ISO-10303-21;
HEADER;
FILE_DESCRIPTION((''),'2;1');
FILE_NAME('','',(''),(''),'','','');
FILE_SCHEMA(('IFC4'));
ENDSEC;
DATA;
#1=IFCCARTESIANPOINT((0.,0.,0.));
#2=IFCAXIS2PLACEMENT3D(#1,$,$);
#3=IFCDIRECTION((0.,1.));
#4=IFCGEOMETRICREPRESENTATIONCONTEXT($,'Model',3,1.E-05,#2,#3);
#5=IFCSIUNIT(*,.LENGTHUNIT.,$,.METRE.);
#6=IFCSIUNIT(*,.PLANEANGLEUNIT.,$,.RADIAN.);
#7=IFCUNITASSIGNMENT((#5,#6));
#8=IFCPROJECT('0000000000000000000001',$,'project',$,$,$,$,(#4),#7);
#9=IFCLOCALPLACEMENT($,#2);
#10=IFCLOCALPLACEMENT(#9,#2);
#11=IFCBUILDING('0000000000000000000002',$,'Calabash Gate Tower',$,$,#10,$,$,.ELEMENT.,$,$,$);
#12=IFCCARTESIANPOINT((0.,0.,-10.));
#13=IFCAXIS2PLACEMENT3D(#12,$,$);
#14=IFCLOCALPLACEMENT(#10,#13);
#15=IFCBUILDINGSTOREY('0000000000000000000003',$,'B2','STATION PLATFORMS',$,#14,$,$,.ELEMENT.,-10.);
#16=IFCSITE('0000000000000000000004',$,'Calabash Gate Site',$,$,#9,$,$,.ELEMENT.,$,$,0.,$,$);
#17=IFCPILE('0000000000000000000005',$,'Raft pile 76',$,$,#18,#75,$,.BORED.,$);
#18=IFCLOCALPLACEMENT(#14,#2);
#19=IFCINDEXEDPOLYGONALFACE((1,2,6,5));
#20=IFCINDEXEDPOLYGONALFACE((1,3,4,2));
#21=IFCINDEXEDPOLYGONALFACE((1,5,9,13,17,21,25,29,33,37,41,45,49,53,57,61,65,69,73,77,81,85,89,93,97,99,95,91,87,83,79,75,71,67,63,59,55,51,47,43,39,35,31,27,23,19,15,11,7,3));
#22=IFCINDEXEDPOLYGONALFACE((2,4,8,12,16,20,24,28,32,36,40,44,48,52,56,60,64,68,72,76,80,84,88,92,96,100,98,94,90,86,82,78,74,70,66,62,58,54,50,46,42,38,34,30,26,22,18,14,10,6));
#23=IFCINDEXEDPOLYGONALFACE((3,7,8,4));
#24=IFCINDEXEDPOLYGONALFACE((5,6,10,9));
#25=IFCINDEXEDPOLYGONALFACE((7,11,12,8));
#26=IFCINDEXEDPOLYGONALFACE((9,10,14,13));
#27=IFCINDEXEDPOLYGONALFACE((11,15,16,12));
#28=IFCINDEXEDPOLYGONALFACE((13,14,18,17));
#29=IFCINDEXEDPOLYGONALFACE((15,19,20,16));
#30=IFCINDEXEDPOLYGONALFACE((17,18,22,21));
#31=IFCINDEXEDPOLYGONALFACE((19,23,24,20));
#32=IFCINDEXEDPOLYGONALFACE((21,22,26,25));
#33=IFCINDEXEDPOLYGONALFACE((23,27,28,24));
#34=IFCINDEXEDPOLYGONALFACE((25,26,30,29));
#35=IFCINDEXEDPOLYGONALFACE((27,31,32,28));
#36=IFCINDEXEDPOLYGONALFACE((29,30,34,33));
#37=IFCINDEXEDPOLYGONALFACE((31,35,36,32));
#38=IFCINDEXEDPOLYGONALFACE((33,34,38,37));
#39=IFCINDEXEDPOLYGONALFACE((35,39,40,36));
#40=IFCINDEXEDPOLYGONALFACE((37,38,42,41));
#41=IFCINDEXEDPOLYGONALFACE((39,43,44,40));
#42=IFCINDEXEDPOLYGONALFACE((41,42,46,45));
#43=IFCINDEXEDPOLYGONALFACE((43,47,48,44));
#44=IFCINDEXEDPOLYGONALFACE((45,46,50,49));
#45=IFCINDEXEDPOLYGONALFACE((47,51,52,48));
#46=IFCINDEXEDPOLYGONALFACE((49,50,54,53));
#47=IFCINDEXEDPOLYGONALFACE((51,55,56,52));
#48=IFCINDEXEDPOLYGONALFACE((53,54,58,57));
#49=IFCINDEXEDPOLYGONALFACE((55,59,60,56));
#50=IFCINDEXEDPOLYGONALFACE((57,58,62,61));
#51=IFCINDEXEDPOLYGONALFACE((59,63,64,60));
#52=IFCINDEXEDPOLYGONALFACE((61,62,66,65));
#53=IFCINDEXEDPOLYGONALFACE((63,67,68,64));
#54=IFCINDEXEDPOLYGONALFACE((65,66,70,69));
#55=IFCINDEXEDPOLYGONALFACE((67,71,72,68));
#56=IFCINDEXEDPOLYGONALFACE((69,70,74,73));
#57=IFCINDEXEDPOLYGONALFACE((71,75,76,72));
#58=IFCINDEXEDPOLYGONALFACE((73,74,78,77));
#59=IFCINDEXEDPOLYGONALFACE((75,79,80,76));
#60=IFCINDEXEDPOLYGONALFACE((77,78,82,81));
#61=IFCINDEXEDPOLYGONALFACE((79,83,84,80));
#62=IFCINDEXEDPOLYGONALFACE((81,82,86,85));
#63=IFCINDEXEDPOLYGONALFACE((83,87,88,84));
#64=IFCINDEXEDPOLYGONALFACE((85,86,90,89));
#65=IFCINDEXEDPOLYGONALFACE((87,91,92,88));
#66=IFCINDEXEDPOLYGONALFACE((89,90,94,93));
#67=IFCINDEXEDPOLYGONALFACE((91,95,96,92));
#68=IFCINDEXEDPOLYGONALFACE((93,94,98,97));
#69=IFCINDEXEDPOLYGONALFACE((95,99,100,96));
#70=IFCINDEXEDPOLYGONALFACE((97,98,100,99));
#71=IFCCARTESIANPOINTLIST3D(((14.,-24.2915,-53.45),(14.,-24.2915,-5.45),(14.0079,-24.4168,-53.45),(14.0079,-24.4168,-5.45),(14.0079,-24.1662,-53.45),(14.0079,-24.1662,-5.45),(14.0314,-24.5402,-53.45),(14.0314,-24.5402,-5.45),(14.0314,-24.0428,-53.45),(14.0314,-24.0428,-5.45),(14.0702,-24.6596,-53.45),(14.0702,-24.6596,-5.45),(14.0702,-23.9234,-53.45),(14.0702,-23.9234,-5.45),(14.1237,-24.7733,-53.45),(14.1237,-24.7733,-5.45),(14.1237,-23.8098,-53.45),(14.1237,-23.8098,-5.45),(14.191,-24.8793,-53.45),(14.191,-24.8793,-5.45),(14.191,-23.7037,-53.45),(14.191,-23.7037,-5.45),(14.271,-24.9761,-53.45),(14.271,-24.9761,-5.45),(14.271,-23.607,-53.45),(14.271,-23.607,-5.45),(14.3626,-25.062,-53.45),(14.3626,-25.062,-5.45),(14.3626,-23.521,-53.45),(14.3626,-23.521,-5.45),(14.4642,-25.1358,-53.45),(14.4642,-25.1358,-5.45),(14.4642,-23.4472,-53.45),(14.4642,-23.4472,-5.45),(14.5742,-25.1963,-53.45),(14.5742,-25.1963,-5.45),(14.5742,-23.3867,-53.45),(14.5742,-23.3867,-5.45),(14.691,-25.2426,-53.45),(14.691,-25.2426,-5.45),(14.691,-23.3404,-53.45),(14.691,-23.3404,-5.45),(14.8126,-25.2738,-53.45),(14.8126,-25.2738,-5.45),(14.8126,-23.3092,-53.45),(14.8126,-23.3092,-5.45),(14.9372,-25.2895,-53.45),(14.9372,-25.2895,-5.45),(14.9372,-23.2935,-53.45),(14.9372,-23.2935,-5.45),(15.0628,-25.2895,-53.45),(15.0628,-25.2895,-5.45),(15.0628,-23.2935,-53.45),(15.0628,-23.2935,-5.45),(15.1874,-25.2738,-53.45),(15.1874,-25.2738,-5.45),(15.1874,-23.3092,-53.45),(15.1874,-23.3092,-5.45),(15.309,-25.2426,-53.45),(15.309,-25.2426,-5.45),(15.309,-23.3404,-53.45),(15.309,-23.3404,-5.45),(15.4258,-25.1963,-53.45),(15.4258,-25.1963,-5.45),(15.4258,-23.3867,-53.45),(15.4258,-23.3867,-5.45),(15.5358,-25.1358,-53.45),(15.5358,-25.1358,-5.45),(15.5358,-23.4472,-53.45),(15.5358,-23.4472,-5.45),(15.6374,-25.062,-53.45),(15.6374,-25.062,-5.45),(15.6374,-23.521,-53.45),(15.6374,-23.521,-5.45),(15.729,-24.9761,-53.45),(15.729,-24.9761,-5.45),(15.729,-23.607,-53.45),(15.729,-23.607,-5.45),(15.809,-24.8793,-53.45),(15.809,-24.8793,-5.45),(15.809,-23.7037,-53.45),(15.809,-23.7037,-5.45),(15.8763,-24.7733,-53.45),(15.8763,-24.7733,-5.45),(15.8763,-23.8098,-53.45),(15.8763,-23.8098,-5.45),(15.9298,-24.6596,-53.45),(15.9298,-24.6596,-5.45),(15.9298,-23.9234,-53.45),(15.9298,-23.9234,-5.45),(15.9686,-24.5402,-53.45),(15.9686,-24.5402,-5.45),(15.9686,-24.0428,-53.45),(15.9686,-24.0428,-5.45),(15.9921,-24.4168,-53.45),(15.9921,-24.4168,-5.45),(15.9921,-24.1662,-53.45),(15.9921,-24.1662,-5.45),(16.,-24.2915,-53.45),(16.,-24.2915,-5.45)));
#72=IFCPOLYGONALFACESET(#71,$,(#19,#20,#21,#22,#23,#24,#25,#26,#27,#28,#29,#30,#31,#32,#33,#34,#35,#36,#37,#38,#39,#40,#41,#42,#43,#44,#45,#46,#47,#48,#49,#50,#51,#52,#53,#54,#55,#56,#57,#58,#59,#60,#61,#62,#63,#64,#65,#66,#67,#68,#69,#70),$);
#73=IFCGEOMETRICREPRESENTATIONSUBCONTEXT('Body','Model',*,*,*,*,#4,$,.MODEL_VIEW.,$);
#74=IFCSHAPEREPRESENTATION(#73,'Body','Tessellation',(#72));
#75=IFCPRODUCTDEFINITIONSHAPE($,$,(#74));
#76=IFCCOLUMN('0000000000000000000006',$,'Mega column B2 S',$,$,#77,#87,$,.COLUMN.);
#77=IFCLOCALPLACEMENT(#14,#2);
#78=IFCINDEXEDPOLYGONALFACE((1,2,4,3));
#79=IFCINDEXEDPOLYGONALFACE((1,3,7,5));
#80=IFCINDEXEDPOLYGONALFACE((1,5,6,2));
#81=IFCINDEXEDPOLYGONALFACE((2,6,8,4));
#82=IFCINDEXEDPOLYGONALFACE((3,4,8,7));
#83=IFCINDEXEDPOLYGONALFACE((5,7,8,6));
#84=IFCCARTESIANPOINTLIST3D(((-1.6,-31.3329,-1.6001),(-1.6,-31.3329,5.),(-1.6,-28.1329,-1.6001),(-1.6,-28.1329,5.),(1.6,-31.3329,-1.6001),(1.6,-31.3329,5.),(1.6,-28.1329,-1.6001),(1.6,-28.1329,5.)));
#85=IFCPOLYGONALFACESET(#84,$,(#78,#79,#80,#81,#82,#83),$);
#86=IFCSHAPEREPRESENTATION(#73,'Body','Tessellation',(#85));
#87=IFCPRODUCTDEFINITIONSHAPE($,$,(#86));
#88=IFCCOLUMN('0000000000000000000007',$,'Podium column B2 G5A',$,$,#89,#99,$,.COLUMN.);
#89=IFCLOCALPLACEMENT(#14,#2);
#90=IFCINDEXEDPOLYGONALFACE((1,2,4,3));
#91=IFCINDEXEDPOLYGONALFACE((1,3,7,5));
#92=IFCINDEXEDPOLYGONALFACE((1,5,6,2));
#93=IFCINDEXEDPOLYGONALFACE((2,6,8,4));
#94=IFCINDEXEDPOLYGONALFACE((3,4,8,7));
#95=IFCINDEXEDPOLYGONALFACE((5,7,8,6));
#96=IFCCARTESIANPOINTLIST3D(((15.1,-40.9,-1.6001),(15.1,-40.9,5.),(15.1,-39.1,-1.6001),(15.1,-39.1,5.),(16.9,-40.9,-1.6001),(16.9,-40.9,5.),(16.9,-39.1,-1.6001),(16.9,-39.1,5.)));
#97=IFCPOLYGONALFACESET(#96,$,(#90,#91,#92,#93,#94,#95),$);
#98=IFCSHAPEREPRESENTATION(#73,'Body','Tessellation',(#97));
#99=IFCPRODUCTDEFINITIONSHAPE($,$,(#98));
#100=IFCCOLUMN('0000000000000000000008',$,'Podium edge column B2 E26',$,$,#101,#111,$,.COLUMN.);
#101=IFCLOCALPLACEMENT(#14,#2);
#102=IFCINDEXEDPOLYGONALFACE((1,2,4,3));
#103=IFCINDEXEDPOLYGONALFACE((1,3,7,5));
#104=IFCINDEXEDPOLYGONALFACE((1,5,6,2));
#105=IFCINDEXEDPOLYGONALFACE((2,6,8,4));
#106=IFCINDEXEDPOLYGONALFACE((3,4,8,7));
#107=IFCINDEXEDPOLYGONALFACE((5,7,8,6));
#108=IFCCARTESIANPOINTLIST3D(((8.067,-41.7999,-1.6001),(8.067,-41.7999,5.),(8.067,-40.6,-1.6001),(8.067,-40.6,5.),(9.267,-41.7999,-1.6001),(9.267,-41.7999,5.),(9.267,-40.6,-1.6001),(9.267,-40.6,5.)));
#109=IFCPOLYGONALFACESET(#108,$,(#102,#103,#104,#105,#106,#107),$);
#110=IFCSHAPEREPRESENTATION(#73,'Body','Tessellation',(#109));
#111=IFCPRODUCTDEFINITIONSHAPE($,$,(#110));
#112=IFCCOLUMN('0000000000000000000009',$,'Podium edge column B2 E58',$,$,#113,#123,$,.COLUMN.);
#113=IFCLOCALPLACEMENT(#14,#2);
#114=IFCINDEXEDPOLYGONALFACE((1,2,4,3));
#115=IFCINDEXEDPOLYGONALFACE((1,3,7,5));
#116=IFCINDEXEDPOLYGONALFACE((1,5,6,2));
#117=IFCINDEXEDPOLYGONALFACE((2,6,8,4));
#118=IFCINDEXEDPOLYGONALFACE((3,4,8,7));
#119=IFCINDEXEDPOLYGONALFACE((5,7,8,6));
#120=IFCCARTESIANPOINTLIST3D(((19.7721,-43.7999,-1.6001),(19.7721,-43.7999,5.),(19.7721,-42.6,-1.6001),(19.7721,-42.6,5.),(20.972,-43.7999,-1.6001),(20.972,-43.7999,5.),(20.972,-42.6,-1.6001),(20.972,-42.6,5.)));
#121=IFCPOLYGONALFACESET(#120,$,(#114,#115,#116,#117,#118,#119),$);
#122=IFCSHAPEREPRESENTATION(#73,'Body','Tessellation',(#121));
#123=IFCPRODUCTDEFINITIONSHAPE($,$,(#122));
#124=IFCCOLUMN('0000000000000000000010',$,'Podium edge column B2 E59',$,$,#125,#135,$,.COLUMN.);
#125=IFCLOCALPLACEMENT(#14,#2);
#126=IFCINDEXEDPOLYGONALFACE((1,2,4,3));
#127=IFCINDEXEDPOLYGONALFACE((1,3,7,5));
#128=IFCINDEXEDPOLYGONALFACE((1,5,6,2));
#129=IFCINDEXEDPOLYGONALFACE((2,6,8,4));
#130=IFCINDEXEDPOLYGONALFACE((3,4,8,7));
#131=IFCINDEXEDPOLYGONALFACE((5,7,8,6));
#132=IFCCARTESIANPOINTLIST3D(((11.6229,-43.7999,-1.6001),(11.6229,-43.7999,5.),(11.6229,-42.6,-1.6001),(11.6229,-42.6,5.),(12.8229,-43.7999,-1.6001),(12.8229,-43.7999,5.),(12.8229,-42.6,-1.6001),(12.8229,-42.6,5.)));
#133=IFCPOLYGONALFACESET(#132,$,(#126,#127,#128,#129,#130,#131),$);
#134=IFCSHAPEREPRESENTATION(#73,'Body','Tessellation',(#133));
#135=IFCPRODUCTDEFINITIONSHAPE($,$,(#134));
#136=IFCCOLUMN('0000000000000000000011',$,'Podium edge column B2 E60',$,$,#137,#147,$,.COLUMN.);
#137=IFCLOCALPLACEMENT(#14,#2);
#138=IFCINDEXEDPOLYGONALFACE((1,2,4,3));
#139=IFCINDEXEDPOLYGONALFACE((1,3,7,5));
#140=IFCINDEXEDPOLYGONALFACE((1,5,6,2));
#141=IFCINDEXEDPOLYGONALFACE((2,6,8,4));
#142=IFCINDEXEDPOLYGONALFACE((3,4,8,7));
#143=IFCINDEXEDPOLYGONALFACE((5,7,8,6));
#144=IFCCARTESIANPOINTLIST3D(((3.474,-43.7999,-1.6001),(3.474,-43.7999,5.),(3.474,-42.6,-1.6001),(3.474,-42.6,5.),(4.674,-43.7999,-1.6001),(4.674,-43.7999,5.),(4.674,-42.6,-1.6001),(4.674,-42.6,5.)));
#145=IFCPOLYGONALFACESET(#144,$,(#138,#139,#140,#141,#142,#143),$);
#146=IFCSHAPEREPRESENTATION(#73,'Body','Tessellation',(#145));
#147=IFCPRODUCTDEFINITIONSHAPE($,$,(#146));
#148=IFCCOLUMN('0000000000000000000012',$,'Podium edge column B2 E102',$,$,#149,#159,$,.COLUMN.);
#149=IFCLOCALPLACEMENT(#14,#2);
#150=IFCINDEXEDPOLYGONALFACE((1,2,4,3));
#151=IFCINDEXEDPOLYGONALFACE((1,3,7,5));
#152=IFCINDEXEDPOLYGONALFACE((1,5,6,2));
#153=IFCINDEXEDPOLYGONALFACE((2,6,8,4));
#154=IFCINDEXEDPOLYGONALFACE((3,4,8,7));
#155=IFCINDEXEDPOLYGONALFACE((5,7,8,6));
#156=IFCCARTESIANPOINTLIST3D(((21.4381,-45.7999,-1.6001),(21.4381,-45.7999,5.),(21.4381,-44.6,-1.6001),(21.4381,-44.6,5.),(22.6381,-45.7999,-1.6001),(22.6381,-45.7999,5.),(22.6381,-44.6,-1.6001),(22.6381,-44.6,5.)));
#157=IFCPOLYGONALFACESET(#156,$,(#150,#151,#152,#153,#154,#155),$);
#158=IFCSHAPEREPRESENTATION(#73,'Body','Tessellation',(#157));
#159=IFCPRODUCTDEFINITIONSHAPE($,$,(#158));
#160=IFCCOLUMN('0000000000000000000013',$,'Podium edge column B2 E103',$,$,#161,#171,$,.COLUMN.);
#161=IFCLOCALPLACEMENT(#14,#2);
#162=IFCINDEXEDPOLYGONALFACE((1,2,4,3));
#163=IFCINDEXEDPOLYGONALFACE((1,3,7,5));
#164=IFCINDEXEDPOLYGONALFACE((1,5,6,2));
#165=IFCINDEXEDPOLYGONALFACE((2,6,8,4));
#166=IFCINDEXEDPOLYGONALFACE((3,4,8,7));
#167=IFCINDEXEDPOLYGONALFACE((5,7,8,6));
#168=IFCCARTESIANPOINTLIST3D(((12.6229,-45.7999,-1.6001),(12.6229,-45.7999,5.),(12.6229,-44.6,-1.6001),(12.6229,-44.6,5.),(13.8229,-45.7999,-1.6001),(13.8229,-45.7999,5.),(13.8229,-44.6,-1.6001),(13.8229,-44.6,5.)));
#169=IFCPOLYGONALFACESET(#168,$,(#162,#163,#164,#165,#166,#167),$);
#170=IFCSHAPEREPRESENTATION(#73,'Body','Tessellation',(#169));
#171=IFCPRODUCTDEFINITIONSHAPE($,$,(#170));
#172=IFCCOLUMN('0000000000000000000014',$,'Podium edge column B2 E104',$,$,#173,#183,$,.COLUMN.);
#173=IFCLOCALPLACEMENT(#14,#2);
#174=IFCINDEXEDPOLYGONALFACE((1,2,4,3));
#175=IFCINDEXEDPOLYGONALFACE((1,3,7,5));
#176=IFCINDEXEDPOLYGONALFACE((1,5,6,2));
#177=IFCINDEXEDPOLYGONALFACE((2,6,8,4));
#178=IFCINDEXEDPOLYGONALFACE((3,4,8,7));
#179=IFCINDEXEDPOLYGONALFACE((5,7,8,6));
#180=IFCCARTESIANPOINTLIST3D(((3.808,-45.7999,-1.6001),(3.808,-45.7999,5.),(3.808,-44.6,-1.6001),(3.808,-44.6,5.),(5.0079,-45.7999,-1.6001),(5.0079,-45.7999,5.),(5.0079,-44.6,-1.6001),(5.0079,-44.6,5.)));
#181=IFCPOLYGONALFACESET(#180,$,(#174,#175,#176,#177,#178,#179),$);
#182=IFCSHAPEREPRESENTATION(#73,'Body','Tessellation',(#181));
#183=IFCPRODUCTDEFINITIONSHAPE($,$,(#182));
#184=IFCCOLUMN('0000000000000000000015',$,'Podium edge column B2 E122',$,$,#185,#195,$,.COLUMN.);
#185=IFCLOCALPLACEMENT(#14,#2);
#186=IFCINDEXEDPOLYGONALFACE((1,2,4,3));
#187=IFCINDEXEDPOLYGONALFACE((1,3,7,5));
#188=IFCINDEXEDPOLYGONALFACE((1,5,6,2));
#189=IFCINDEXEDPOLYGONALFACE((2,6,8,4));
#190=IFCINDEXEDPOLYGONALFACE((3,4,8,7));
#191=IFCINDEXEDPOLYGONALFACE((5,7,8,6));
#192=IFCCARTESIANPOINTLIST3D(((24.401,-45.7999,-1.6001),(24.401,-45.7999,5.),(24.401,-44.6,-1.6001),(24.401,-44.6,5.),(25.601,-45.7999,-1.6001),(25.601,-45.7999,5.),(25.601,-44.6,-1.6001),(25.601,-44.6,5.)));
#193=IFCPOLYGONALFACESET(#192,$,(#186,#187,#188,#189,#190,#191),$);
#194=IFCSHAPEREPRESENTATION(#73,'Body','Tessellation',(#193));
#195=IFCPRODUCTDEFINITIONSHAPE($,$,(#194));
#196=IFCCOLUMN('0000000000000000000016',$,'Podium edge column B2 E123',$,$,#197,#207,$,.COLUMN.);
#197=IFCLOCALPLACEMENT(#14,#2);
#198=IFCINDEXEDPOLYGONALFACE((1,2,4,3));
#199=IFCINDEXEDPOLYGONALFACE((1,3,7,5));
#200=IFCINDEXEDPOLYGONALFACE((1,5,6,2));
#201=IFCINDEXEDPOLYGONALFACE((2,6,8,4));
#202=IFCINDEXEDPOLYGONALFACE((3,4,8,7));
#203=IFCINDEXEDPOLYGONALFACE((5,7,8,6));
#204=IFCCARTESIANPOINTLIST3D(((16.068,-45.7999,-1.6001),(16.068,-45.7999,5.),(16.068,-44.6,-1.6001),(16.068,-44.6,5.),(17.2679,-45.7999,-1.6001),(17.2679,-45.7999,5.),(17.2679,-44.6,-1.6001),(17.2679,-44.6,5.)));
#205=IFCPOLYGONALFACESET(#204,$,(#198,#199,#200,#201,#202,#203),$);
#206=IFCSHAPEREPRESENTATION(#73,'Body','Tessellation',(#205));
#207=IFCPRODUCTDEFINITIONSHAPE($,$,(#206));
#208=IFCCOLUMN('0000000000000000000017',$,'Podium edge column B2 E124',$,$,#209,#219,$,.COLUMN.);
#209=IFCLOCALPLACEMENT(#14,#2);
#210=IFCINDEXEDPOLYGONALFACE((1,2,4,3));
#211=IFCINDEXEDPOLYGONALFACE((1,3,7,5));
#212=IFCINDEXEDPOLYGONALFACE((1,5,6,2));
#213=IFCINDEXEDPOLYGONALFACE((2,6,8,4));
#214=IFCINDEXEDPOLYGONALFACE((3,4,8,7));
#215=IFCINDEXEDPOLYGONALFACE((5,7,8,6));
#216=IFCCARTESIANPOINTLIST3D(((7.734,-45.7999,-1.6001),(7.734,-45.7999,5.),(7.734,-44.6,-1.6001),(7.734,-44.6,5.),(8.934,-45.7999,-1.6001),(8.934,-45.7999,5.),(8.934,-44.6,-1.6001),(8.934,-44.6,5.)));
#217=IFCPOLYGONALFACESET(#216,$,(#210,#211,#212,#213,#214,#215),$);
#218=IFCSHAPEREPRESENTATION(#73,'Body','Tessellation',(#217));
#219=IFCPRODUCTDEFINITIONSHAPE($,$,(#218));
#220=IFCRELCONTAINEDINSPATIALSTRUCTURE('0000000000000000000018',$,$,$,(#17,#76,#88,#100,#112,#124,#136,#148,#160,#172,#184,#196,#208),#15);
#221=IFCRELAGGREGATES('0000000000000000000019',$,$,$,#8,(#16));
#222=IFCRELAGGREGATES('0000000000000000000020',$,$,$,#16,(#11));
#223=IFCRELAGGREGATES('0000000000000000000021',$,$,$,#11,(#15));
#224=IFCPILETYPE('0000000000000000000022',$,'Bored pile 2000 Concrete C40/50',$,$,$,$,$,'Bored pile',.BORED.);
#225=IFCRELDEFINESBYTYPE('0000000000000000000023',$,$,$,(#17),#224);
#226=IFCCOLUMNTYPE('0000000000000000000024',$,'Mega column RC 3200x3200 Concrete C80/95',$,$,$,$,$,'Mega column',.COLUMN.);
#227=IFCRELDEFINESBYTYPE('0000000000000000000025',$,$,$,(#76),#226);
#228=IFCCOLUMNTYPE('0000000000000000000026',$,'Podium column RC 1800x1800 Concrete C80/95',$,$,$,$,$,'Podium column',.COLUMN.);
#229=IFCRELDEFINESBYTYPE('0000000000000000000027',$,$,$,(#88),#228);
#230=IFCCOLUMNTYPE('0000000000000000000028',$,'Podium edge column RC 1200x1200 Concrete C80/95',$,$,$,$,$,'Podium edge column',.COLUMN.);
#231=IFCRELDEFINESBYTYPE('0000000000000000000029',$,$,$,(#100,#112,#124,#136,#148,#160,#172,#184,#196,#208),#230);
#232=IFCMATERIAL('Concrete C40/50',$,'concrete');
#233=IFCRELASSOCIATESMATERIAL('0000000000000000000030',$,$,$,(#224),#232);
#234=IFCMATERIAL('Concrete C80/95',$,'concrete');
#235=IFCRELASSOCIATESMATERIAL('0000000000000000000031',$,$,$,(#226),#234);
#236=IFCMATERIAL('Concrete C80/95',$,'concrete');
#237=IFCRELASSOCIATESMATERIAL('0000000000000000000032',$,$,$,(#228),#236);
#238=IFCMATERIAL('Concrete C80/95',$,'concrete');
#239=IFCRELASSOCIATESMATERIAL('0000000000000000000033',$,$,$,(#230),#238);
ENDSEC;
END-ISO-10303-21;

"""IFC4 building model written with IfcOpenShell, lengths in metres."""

from ifc_helpers import new_model, si_unit, direction, frame, origin, origin_2d, place, context, subcontext, project, spatial, rectangle, circle, extrude, material, material_profile, profile_set, type_object, element, save


model = new_model("IFC4")

# Units and contexts
model_context = context("Model", 3, precision=1e-05, world=origin(), true_north=direction((0.0, 1.0)))
body_context = subcontext(model_context, "Body", "Model", "MODEL_VIEW")
ifc_project = project(units=[si_unit("LENGTHUNIT", "METRE"), si_unit("PLANEANGLEUNIT", "RADIAN")], contexts=[model_context])

# Site, building, storey
site_placement = place(None, origin())
site = spatial("IfcSite", under=ifc_project, at=site_placement, Name="Calabash Gate Site", CompositionType="ELEMENT", RefElevation=0.0)
building_placement = place(site_placement, origin())
building = spatial("IfcBuilding", under=site, at=building_placement, Name="Calabash Gate Tower", CompositionType="ELEMENT")
storey_placement = place(building_placement, frame((0.0, 0.0, -10.0)))
storey = spatial("IfcBuildingStorey", under=building, at=storey_placement, Name="B2", Description="STATION PLATFORMS", CompositionType="ELEMENT", Elevation=-10.0)

# Pile
ifc_material_1 = material(Name="Concrete C40/50", Category="concrete")
ifc_material_profile_1 = material_profile(ifc_material_1, circle(Radius=1.0, at=origin_2d()))
ifc_profile_set_1 = profile_set([ifc_material_profile_1], Name="Concrete C40/50")
pile_type_1 = type_object("IfcPileType", Name="Bored pile 2000 Concrete C40/50", ElementType="Bored pile", PredefinedType="BORED", material=ifc_profile_set_1)
for number, where, z_axis, x_axis, name in (
    (1, (15.0, -24.2915, -5.45), (0.0, 0.0, -1.0), (1.0, 0.0, 0.0), "Raft pile 76"),
):
    element("IfcPile", number, at=place(storey_placement, frame(where, z_axis=z_axis, x_axis=x_axis)), inside=storey, type_object=pile_type_1, Name=name, PredefinedType="BORED", context=body_context, shape_type="SweptSolid", body=[
        extrude(circle(Radius=1.0, at=origin_2d()), origin(), (0.0, 0.0, 1.0), 48.0),
    ])

# Columns
ifc_material_2 = material(Name="Concrete C80/95", Category="concrete")
ifc_material_profile_2 = material_profile(ifc_material_2, rectangle(XDim=3.2, YDim=3.2, at=origin_2d()))
ifc_profile_set_2 = profile_set([ifc_material_profile_2], Name="Concrete C80/95")
column_type_1 = type_object("IfcColumnType", Name="Mega column RC 3200x3200 Concrete C80/95", ElementType="Mega column", PredefinedType="COLUMN", material=ifc_profile_set_2)
column_1_placement = place(storey_placement, frame((0.0, -29.7329, -1.6001), z_axis=(0.0, 0.0, 1.0), x_axis=(0.0, 1.0, 0.0)))
element("IfcColumn", 2, at=column_1_placement, inside=storey, type_object=column_type_1, Name="Mega column B2 S", PredefinedType="COLUMN", context=body_context, shape_type="SweptSolid", body=[
    extrude(rectangle(XDim=3.2, YDim=3.2, at=origin_2d()), origin(), (0.0, 0.0, 1.0), 6.6001),
])
ifc_material_3 = material(Name="Concrete C80/95", Category="concrete")
ifc_material_profile_3 = material_profile(ifc_material_3, rectangle(XDim=1.8, YDim=1.8, at=origin_2d()))
ifc_profile_set_3 = profile_set([ifc_material_profile_3], Name="Concrete C80/95")
column_type_2 = type_object("IfcColumnType", Name="Podium column RC 1800x1800 Concrete C80/95", ElementType="Podium column", PredefinedType="COLUMN", material=ifc_profile_set_3)
column_2_placement = place(storey_placement, frame((16.0, -40.0, -1.6001), z_axis=(0.0, 0.0, 1.0), x_axis=(1.0, 0.0, 0.0)))
element("IfcColumn", 3, at=column_2_placement, inside=storey, type_object=column_type_2, Name="Podium column B2 G5A", PredefinedType="COLUMN", context=body_context, shape_type="SweptSolid", body=[
    extrude(rectangle(XDim=1.8, YDim=1.8, at=origin_2d()), origin(), (0.0, 0.0, 1.0), 6.6001),
])
ifc_material_4 = material(Name="Concrete C80/95", Category="concrete")
ifc_material_profile_4 = material_profile(ifc_material_4, rectangle(XDim=1.2, YDim=1.2, at=origin_2d()))
ifc_profile_set_4 = profile_set([ifc_material_profile_4], Name="Concrete C80/95")
column_type_3 = type_object("IfcColumnType", Name="Podium edge column RC 1200x1200 Concrete C80/95", ElementType="Podium edge column", PredefinedType="COLUMN", material=ifc_profile_set_4)
for number, where, z_axis, x_axis, name in (
    (4, (8.667, -41.2, -1.6001), (0.0, 0.0, 1.0), (1.0, 0.0, 0.0), "Podium edge column B2 E26"),
    (5, (20.3721, -43.2, -1.6001), (0.0, 0.0, 1.0), (1.0, 0.0, 0.0), "Podium edge column B2 E58"),
    (6, (12.2229, -43.2, -1.6001), (0.0, 0.0, 1.0), (1.0, 0.0, 0.0), "Podium edge column B2 E59"),
    (7, (4.074, -43.2, -1.6001), (0.0, 0.0, 1.0), (1.0, 0.0, 0.0), "Podium edge column B2 E60"),
    (8, (22.0381, -45.2, -1.6001), (0.0, 0.0, 1.0), (1.0, 0.0, 0.0), "Podium edge column B2 E102"),
    (9, (13.2229, -45.2, -1.6001), (0.0, 0.0, 1.0), (1.0, 0.0, 0.0), "Podium edge column B2 E103"),
    (10, (4.408, -45.2, -1.6001), (0.0, 0.0, 1.0), (1.0, 0.0, 0.0), "Podium edge column B2 E104"),
    (11, (25.001, -45.2, -1.6001), (0.0, 0.0, 1.0), (1.0, 0.0, 0.0), "Podium edge column B2 E122"),
    (12, (16.668, -45.2, -1.6001), (0.0, 0.0, 1.0), (1.0, 0.0, 0.0), "Podium edge column B2 E123"),
    (13, (8.334, -45.2, -1.6001), (0.0, 0.0, 1.0), (1.0, 0.0, 0.0), "Podium edge column B2 E124"),
):
    element("IfcColumn", number, at=place(storey_placement, frame(where, z_axis=z_axis, x_axis=x_axis)), inside=storey, type_object=column_type_3, Name=name, PredefinedType="COLUMN", context=body_context, shape_type="SweptSolid", body=[
        extrude(rectangle(XDim=1.2, YDim=1.2, at=origin_2d()), origin(), (0.0, 0.0, 1.0), 6.6001),
    ])

save(model, "model.ifc")
